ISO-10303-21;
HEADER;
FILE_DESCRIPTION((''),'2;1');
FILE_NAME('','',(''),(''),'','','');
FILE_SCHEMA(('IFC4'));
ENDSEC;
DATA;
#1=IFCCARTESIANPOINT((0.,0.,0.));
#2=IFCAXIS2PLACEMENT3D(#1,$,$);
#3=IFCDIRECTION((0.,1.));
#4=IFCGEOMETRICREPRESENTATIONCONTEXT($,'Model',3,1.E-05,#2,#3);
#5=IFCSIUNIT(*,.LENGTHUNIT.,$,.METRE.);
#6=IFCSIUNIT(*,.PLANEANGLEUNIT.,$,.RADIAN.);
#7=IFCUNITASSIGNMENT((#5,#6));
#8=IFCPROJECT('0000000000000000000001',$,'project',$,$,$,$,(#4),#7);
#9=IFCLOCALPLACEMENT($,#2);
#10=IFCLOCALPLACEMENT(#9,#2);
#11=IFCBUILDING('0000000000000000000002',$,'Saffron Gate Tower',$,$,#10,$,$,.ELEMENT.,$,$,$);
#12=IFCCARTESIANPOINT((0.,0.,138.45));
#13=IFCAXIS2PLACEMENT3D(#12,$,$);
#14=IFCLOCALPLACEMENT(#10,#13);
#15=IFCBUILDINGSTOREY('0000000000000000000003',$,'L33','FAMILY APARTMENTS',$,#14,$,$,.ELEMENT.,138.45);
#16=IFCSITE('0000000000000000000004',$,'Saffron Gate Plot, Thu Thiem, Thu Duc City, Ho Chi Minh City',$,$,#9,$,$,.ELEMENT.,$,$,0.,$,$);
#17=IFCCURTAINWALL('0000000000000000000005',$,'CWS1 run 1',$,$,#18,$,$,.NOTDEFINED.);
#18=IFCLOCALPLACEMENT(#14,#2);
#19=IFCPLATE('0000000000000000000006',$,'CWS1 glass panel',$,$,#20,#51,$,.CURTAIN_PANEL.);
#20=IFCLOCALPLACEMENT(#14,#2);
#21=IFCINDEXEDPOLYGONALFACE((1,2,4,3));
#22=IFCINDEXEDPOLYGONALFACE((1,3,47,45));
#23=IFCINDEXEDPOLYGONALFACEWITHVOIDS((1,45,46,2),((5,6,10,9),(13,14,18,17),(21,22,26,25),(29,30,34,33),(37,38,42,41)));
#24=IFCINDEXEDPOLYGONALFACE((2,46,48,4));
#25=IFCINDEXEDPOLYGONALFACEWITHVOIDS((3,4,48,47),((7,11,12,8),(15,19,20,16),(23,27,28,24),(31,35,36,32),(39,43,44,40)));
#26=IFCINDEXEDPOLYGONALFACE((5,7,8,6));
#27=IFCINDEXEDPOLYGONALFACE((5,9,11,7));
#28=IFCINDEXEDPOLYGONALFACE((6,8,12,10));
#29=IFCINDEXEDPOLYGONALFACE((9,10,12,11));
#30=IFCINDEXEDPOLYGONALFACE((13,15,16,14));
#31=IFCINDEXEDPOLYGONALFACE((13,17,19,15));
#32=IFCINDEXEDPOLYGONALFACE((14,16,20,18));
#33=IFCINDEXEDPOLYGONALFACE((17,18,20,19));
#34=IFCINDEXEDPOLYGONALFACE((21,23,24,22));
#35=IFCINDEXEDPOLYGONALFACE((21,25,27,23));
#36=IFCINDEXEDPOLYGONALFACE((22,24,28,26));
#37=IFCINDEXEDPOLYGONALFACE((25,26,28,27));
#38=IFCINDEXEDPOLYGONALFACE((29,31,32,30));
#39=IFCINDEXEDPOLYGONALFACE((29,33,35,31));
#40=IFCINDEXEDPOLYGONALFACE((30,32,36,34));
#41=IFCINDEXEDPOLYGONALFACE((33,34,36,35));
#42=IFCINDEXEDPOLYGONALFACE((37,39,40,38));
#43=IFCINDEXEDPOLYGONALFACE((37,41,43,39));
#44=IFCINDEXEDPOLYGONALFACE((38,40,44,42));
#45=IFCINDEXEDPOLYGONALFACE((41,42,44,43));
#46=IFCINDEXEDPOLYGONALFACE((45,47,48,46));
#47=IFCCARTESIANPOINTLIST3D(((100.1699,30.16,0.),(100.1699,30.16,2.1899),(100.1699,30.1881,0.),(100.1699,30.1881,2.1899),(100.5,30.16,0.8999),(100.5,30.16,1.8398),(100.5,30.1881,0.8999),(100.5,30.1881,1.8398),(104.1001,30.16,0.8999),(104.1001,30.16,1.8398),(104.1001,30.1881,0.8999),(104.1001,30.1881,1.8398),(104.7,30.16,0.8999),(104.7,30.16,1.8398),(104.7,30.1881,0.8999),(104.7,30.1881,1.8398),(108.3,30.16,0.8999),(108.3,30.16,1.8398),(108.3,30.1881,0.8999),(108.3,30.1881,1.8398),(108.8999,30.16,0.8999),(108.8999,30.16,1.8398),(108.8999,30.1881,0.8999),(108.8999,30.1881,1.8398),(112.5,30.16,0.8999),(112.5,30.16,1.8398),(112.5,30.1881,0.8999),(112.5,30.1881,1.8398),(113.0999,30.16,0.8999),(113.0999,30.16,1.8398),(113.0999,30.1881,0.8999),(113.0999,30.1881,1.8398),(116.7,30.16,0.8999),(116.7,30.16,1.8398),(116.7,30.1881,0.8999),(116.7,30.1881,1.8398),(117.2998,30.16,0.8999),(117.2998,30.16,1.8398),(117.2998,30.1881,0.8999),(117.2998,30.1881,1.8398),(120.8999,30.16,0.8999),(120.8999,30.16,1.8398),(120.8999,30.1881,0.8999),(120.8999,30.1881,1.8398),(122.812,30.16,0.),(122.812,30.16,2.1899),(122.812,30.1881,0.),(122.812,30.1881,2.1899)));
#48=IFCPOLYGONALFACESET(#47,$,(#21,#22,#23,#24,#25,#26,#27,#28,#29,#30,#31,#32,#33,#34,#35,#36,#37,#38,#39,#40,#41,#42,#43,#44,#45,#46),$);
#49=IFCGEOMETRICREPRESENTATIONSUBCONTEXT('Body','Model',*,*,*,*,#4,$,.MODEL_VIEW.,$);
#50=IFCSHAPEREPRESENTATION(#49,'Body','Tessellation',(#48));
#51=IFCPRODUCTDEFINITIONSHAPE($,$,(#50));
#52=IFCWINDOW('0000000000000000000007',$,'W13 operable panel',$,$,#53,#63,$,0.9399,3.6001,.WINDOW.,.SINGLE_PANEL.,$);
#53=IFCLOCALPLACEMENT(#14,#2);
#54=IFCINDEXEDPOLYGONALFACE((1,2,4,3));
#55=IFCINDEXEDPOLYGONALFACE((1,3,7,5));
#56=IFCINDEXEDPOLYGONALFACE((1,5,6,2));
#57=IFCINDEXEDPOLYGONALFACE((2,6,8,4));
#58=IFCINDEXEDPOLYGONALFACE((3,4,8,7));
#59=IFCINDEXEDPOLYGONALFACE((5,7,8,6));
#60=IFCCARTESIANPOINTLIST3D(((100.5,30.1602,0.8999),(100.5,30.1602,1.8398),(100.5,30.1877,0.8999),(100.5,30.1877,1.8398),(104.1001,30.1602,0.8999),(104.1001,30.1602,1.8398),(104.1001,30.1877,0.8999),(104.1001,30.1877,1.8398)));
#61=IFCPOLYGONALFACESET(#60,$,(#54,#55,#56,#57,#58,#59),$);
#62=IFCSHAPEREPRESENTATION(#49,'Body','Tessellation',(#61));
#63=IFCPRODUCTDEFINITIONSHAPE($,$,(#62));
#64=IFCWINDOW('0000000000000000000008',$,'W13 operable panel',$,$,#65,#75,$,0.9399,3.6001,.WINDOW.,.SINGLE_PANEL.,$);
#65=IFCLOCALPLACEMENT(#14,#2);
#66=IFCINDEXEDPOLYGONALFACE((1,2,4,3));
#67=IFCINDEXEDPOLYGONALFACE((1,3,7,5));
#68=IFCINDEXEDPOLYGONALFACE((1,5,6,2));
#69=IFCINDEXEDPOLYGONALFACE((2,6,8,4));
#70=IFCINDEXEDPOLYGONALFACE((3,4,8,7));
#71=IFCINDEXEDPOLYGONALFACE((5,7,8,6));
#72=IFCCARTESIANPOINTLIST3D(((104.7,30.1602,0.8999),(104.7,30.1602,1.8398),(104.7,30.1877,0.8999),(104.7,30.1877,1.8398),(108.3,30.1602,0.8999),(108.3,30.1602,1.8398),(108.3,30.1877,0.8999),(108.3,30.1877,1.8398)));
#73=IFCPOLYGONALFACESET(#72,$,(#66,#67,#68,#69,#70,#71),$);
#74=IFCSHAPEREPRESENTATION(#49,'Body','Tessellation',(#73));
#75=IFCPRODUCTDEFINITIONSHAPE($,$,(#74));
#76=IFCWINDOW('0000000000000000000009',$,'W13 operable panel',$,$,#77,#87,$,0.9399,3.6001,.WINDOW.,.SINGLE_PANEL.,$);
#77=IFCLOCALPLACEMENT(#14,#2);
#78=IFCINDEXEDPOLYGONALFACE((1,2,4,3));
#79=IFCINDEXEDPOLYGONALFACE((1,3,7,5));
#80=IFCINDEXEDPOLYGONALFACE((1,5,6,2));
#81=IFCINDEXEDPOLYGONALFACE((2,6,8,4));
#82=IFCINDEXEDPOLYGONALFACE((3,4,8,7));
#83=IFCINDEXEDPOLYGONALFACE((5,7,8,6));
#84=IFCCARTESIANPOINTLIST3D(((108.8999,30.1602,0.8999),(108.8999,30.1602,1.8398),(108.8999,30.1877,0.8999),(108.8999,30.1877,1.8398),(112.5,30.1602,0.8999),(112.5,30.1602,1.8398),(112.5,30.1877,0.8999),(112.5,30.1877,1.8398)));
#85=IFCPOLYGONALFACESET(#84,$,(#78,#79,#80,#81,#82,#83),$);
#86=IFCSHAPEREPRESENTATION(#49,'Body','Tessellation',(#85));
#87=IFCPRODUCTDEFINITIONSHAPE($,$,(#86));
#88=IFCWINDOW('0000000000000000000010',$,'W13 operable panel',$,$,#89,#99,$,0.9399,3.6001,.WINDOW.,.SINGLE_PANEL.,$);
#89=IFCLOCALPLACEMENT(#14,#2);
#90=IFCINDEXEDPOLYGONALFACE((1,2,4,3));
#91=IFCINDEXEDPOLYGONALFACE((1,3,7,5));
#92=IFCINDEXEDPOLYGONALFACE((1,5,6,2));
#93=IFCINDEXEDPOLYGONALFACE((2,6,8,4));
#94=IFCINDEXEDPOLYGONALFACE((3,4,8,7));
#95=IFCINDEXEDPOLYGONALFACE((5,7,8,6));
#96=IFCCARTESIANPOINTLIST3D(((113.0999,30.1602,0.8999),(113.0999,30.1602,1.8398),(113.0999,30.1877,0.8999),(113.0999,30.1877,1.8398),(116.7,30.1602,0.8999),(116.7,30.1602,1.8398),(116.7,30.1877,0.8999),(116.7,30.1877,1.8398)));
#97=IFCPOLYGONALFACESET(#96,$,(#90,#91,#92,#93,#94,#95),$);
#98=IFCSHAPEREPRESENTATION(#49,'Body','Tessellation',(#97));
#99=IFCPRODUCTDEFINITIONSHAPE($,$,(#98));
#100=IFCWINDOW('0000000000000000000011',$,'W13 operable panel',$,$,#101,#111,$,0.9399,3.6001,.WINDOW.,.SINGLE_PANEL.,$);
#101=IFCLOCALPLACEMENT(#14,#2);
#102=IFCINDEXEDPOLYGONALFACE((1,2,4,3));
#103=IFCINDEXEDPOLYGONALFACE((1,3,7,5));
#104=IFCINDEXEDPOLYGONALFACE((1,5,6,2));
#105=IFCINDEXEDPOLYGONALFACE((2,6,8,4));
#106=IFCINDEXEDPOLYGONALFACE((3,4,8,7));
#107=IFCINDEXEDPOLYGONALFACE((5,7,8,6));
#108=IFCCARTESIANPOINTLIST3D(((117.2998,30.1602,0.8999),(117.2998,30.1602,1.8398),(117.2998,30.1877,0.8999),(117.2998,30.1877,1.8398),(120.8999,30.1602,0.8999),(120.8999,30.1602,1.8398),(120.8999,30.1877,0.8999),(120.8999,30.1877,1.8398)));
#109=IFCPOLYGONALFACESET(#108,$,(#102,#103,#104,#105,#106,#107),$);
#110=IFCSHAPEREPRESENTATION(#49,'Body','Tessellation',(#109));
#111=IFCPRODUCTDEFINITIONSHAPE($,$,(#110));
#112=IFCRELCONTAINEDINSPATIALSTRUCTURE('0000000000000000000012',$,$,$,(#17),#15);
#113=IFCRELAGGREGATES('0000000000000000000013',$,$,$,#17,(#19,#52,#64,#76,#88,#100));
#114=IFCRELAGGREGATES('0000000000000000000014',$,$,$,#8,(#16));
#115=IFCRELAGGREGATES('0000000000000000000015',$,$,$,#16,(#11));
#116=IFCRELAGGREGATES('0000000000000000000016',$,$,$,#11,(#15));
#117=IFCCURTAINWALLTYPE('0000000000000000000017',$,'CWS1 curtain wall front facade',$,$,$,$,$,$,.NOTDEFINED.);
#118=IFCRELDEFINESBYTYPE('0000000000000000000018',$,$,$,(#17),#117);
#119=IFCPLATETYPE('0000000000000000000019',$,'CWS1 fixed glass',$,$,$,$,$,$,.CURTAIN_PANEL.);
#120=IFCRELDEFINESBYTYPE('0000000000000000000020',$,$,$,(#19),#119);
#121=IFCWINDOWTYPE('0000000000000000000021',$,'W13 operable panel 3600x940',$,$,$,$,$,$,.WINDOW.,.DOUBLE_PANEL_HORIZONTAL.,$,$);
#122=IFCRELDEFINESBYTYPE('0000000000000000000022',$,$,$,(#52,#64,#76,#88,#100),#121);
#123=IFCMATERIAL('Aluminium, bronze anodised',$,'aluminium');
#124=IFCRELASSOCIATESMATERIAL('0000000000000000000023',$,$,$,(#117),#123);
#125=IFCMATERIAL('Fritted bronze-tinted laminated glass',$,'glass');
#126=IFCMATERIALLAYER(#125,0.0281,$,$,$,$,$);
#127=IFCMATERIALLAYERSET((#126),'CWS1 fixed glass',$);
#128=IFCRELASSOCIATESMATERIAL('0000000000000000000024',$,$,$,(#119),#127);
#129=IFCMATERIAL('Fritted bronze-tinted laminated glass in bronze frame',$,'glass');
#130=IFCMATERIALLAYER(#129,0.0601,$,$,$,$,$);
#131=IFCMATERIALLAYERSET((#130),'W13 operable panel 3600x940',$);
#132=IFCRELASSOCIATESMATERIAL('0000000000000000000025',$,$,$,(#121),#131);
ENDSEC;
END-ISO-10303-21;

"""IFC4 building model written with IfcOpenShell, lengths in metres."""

from ifc_helpers import new_model, si_unit, direction, frame, frame_2d, origin, place, context, subcontext, project, spatial, rectangle, extrude, material, layer, layer_set, type_object, element, fill, aggregate, save


model = new_model("IFC4")

# Units and contexts
model_context = context("Model", 3, precision=1e-05, world=origin(), true_north=direction((0.0, 1.0)))
body_context = subcontext(model_context, "Body", "Model", "MODEL_VIEW")
ifc_project = project(units=[si_unit("LENGTHUNIT", "METRE"), si_unit("PLANEANGLEUNIT", "RADIAN")], contexts=[model_context])

# Site, building, storey
site_placement = place(None, origin())
site = spatial("IfcSite", under=ifc_project, at=site_placement, Name="Saffron Gate Plot, Thu Thiem, Thu Duc City, Ho Chi Minh City", CompositionType="ELEMENT", RefElevation=0.0)
building_placement = place(site_placement, origin())
building = spatial("IfcBuilding", under=site, at=building_placement, Name="Saffron Gate Tower", CompositionType="ELEMENT")
storey_placement = place(building_placement, frame((0.0, 0.0, 138.45)))
storey = spatial("IfcBuildingStorey", under=building, at=storey_placement, Name="L33", Description="FAMILY APARTMENTS", CompositionType="ELEMENT", Elevation=138.45)

# Curtain wall, plate, openings, windows
ifc_material_1 = material(Name="Aluminium, bronze anodised", Category="aluminium")
curtain_wall_type = type_object("IfcCurtainWallType", Name="CWS1 curtain wall front facade", PredefinedType="NOTDEFINED", material=ifc_material_1)
curtain_wall_placement = place(storey_placement, origin())
curtain_wall = element("IfcCurtainWall", 1, at=curtain_wall_placement, inside=storey, type_object=curtain_wall_type, Name="CWS1 run 1", PredefinedType="NOTDEFINED")
ifc_material_2 = material(Name="Fritted bronze-tinted laminated glass", Category="glass")
ifc_layer_1 = layer(ifc_material_2, 0.0281)
ifc_layer_set_1 = layer_set([ifc_layer_1], Name="CWS1 fixed glass")
plate_type = type_object("IfcPlateType", Name="CWS1 fixed glass", PredefinedType="CURTAIN_PANEL", material=ifc_layer_set_1)
plate_placement = place(storey_placement, frame((100.1699, 30.1741, 0.0), z_axis=(0.0, 0.0, 1.0), x_axis=(1.0, 0.0, 0.0)))
plate = element("IfcPlate", 2, at=plate_placement, type_object=plate_type, Name="CWS1 glass panel", PredefinedType="CURTAIN_PANEL", context=body_context, shape_type="SweptSolid", body=[
    extrude(rectangle(XDim=22.6421, YDim=0.0281, at=frame_2d((11.321, 0.0))), origin(), (0.0, 0.0, 1.0), 2.1899),
])
opening_1_placement = place(plate_placement, frame((0.3301, 0.0, 0.8999)))
opening_1 = element("IfcOpeningElement", 3, at=opening_1_placement, cuts=plate, PredefinedType="OPENING", context=body_context, shape_type="SweptSolid", body=[
    extrude(rectangle(XDim=3.6001, YDim=0.9399, at=frame_2d((1.8, 0.47))), frame((0.0, 0.0239, 0.0), z_axis=(0.0, -1.0, 0.0), x_axis=(1.0, 0.0, 0.0)), (0.0, 0.0, 1.0), 0.0481),
])
opening_2_placement = place(plate_placement, frame((4.53, 0.0, 0.8999)))
opening_2 = element("IfcOpeningElement", 4, at=opening_2_placement, cuts=plate, PredefinedType="OPENING", context=body_context, shape_type="SweptSolid", body=[
    extrude(rectangle(XDim=3.6001, YDim=0.9399, at=frame_2d((1.8, 0.47))), frame((0.0, 0.0239, 0.0), z_axis=(0.0, -1.0, 0.0), x_axis=(1.0, 0.0, 0.0)), (0.0, 0.0, 1.0), 0.0481),
])
opening_3_placement = place(plate_placement, frame((8.73, 0.0, 0.8999)))
opening_3 = element("IfcOpeningElement", 5, at=opening_3_placement, cuts=plate, PredefinedType="OPENING", context=body_context, shape_type="SweptSolid", body=[
    extrude(rectangle(XDim=3.6001, YDim=0.9399, at=frame_2d((1.8, 0.47))), frame((0.0, 0.0239, 0.0), z_axis=(0.0, -1.0, 0.0), x_axis=(1.0, 0.0, 0.0)), (0.0, 0.0, 1.0), 0.0481),
])
opening_4_placement = place(plate_placement, frame((12.9299, 0.0, 0.8999)))
opening_4 = element("IfcOpeningElement", 6, at=opening_4_placement, cuts=plate, PredefinedType="OPENING", context=body_context, shape_type="SweptSolid", body=[
    extrude(rectangle(XDim=3.6001, YDim=0.9399, at=frame_2d((1.8, 0.47))), frame((0.0, 0.0239, 0.0), z_axis=(0.0, -1.0, 0.0), x_axis=(1.0, 0.0, 0.0)), (0.0, 0.0, 1.0), 0.0481),
])
opening_5_placement = place(plate_placement, frame((17.1299, 0.0, 0.8999)))
opening_5 = element("IfcOpeningElement", 7, at=opening_5_placement, cuts=plate, PredefinedType="OPENING", context=body_context, shape_type="SweptSolid", body=[
    extrude(rectangle(XDim=3.6001, YDim=0.9399, at=frame_2d((1.8, 0.47))), frame((0.0, 0.0239, 0.0), z_axis=(0.0, -1.0, 0.0), x_axis=(1.0, 0.0, 0.0)), (0.0, 0.0, 1.0), 0.0481),
])
ifc_material_3 = material(Name="Fritted bronze-tinted laminated glass in bronze frame", Category="glass")
ifc_layer_2 = layer(ifc_material_3, 0.0601)
ifc_layer_set_2 = layer_set([ifc_layer_2], Name="W13 operable panel 3600x940")
window_type = type_object("IfcWindowType", Name="W13 operable panel 3600x940", PartitioningType="DOUBLE_PANEL_HORIZONTAL", PredefinedType="WINDOW", material=ifc_layer_set_2)
window_1_placement = place(opening_1_placement, origin())
window_1 = element("IfcWindow", 8, at=window_1_placement, type_object=window_type, Name="W13 operable panel", OverallHeight=0.9399, OverallWidth=3.6001, PartitioningType="SINGLE_PANEL", PredefinedType="WINDOW", context=body_context, shape_type="SweptSolid", body=[
    extrude(rectangle(XDim=3.6001, YDim=0.9399, at=frame_2d((1.8, 0.47))), frame((0.0, 0.0137, 0.0), z_axis=(0.0, -1.0, 0.0), x_axis=(1.0, 0.0, 0.0)), (0.0, 0.0, 1.0), 0.0276),
])
fill(opening_1, window_1)
window_2_placement = place(opening_2_placement, origin())
window_2 = element("IfcWindow", 9, at=window_2_placement, type_object=window_type, Name="W13 operable panel", OverallHeight=0.9399, OverallWidth=3.6001, PartitioningType="SINGLE_PANEL", PredefinedType="WINDOW", context=body_context, shape_type="SweptSolid", body=[
    extrude(rectangle(XDim=3.6001, YDim=0.9399, at=frame_2d((1.8, 0.47))), frame((0.0, 0.0137, 0.0), z_axis=(0.0, -1.0, 0.0), x_axis=(1.0, 0.0, 0.0)), (0.0, 0.0, 1.0), 0.0276),
])
fill(opening_2, window_2)
window_3_placement = place(opening_3_placement, origin())
window_3 = element("IfcWindow", 10, at=window_3_placement, type_object=window_type, Name="W13 operable panel", OverallHeight=0.9399, OverallWidth=3.6001, PartitioningType="SINGLE_PANEL", PredefinedType="WINDOW", context=body_context, shape_type="SweptSolid", body=[
    extrude(rectangle(XDim=3.6001, YDim=0.9399, at=frame_2d((1.8, 0.47))), frame((0.0, 0.0137, 0.0), z_axis=(0.0, -1.0, 0.0), x_axis=(1.0, 0.0, 0.0)), (0.0, 0.0, 1.0), 0.0276),
])
fill(opening_3, window_3)
window_4_placement = place(opening_4_placement, origin())
window_4 = element("IfcWindow", 11, at=window_4_placement, type_object=window_type, Name="W13 operable panel", OverallHeight=0.9399, OverallWidth=3.6001, PartitioningType="SINGLE_PANEL", PredefinedType="WINDOW", context=body_context, shape_type="SweptSolid", body=[
    extrude(rectangle(XDim=3.6001, YDim=0.9399, at=frame_2d((1.8, 0.47))), frame((0.0, 0.0137, 0.0), z_axis=(0.0, -1.0, 0.0), x_axis=(1.0, 0.0, 0.0)), (0.0, 0.0, 1.0), 0.0276),
])
fill(opening_4, window_4)
window_5_placement = place(opening_5_placement, origin())
window_5 = element("IfcWindow", 12, at=window_5_placement, type_object=window_type, Name="W13 operable panel", OverallHeight=0.9399, OverallWidth=3.6001, PartitioningType="SINGLE_PANEL", PredefinedType="WINDOW", context=body_context, shape_type="SweptSolid", body=[
    extrude(rectangle(XDim=3.6001, YDim=0.9399, at=frame_2d((1.8, 0.47))), frame((0.0, 0.0137, 0.0), z_axis=(0.0, -1.0, 0.0), x_axis=(1.0, 0.0, 0.0)), (0.0, 0.0, 1.0), 0.0276),
])
fill(opening_5, window_5)
aggregate(curtain_wall, [plate, window_1, window_2, window_3, window_4, window_5])

save(model, "model.ifc")
